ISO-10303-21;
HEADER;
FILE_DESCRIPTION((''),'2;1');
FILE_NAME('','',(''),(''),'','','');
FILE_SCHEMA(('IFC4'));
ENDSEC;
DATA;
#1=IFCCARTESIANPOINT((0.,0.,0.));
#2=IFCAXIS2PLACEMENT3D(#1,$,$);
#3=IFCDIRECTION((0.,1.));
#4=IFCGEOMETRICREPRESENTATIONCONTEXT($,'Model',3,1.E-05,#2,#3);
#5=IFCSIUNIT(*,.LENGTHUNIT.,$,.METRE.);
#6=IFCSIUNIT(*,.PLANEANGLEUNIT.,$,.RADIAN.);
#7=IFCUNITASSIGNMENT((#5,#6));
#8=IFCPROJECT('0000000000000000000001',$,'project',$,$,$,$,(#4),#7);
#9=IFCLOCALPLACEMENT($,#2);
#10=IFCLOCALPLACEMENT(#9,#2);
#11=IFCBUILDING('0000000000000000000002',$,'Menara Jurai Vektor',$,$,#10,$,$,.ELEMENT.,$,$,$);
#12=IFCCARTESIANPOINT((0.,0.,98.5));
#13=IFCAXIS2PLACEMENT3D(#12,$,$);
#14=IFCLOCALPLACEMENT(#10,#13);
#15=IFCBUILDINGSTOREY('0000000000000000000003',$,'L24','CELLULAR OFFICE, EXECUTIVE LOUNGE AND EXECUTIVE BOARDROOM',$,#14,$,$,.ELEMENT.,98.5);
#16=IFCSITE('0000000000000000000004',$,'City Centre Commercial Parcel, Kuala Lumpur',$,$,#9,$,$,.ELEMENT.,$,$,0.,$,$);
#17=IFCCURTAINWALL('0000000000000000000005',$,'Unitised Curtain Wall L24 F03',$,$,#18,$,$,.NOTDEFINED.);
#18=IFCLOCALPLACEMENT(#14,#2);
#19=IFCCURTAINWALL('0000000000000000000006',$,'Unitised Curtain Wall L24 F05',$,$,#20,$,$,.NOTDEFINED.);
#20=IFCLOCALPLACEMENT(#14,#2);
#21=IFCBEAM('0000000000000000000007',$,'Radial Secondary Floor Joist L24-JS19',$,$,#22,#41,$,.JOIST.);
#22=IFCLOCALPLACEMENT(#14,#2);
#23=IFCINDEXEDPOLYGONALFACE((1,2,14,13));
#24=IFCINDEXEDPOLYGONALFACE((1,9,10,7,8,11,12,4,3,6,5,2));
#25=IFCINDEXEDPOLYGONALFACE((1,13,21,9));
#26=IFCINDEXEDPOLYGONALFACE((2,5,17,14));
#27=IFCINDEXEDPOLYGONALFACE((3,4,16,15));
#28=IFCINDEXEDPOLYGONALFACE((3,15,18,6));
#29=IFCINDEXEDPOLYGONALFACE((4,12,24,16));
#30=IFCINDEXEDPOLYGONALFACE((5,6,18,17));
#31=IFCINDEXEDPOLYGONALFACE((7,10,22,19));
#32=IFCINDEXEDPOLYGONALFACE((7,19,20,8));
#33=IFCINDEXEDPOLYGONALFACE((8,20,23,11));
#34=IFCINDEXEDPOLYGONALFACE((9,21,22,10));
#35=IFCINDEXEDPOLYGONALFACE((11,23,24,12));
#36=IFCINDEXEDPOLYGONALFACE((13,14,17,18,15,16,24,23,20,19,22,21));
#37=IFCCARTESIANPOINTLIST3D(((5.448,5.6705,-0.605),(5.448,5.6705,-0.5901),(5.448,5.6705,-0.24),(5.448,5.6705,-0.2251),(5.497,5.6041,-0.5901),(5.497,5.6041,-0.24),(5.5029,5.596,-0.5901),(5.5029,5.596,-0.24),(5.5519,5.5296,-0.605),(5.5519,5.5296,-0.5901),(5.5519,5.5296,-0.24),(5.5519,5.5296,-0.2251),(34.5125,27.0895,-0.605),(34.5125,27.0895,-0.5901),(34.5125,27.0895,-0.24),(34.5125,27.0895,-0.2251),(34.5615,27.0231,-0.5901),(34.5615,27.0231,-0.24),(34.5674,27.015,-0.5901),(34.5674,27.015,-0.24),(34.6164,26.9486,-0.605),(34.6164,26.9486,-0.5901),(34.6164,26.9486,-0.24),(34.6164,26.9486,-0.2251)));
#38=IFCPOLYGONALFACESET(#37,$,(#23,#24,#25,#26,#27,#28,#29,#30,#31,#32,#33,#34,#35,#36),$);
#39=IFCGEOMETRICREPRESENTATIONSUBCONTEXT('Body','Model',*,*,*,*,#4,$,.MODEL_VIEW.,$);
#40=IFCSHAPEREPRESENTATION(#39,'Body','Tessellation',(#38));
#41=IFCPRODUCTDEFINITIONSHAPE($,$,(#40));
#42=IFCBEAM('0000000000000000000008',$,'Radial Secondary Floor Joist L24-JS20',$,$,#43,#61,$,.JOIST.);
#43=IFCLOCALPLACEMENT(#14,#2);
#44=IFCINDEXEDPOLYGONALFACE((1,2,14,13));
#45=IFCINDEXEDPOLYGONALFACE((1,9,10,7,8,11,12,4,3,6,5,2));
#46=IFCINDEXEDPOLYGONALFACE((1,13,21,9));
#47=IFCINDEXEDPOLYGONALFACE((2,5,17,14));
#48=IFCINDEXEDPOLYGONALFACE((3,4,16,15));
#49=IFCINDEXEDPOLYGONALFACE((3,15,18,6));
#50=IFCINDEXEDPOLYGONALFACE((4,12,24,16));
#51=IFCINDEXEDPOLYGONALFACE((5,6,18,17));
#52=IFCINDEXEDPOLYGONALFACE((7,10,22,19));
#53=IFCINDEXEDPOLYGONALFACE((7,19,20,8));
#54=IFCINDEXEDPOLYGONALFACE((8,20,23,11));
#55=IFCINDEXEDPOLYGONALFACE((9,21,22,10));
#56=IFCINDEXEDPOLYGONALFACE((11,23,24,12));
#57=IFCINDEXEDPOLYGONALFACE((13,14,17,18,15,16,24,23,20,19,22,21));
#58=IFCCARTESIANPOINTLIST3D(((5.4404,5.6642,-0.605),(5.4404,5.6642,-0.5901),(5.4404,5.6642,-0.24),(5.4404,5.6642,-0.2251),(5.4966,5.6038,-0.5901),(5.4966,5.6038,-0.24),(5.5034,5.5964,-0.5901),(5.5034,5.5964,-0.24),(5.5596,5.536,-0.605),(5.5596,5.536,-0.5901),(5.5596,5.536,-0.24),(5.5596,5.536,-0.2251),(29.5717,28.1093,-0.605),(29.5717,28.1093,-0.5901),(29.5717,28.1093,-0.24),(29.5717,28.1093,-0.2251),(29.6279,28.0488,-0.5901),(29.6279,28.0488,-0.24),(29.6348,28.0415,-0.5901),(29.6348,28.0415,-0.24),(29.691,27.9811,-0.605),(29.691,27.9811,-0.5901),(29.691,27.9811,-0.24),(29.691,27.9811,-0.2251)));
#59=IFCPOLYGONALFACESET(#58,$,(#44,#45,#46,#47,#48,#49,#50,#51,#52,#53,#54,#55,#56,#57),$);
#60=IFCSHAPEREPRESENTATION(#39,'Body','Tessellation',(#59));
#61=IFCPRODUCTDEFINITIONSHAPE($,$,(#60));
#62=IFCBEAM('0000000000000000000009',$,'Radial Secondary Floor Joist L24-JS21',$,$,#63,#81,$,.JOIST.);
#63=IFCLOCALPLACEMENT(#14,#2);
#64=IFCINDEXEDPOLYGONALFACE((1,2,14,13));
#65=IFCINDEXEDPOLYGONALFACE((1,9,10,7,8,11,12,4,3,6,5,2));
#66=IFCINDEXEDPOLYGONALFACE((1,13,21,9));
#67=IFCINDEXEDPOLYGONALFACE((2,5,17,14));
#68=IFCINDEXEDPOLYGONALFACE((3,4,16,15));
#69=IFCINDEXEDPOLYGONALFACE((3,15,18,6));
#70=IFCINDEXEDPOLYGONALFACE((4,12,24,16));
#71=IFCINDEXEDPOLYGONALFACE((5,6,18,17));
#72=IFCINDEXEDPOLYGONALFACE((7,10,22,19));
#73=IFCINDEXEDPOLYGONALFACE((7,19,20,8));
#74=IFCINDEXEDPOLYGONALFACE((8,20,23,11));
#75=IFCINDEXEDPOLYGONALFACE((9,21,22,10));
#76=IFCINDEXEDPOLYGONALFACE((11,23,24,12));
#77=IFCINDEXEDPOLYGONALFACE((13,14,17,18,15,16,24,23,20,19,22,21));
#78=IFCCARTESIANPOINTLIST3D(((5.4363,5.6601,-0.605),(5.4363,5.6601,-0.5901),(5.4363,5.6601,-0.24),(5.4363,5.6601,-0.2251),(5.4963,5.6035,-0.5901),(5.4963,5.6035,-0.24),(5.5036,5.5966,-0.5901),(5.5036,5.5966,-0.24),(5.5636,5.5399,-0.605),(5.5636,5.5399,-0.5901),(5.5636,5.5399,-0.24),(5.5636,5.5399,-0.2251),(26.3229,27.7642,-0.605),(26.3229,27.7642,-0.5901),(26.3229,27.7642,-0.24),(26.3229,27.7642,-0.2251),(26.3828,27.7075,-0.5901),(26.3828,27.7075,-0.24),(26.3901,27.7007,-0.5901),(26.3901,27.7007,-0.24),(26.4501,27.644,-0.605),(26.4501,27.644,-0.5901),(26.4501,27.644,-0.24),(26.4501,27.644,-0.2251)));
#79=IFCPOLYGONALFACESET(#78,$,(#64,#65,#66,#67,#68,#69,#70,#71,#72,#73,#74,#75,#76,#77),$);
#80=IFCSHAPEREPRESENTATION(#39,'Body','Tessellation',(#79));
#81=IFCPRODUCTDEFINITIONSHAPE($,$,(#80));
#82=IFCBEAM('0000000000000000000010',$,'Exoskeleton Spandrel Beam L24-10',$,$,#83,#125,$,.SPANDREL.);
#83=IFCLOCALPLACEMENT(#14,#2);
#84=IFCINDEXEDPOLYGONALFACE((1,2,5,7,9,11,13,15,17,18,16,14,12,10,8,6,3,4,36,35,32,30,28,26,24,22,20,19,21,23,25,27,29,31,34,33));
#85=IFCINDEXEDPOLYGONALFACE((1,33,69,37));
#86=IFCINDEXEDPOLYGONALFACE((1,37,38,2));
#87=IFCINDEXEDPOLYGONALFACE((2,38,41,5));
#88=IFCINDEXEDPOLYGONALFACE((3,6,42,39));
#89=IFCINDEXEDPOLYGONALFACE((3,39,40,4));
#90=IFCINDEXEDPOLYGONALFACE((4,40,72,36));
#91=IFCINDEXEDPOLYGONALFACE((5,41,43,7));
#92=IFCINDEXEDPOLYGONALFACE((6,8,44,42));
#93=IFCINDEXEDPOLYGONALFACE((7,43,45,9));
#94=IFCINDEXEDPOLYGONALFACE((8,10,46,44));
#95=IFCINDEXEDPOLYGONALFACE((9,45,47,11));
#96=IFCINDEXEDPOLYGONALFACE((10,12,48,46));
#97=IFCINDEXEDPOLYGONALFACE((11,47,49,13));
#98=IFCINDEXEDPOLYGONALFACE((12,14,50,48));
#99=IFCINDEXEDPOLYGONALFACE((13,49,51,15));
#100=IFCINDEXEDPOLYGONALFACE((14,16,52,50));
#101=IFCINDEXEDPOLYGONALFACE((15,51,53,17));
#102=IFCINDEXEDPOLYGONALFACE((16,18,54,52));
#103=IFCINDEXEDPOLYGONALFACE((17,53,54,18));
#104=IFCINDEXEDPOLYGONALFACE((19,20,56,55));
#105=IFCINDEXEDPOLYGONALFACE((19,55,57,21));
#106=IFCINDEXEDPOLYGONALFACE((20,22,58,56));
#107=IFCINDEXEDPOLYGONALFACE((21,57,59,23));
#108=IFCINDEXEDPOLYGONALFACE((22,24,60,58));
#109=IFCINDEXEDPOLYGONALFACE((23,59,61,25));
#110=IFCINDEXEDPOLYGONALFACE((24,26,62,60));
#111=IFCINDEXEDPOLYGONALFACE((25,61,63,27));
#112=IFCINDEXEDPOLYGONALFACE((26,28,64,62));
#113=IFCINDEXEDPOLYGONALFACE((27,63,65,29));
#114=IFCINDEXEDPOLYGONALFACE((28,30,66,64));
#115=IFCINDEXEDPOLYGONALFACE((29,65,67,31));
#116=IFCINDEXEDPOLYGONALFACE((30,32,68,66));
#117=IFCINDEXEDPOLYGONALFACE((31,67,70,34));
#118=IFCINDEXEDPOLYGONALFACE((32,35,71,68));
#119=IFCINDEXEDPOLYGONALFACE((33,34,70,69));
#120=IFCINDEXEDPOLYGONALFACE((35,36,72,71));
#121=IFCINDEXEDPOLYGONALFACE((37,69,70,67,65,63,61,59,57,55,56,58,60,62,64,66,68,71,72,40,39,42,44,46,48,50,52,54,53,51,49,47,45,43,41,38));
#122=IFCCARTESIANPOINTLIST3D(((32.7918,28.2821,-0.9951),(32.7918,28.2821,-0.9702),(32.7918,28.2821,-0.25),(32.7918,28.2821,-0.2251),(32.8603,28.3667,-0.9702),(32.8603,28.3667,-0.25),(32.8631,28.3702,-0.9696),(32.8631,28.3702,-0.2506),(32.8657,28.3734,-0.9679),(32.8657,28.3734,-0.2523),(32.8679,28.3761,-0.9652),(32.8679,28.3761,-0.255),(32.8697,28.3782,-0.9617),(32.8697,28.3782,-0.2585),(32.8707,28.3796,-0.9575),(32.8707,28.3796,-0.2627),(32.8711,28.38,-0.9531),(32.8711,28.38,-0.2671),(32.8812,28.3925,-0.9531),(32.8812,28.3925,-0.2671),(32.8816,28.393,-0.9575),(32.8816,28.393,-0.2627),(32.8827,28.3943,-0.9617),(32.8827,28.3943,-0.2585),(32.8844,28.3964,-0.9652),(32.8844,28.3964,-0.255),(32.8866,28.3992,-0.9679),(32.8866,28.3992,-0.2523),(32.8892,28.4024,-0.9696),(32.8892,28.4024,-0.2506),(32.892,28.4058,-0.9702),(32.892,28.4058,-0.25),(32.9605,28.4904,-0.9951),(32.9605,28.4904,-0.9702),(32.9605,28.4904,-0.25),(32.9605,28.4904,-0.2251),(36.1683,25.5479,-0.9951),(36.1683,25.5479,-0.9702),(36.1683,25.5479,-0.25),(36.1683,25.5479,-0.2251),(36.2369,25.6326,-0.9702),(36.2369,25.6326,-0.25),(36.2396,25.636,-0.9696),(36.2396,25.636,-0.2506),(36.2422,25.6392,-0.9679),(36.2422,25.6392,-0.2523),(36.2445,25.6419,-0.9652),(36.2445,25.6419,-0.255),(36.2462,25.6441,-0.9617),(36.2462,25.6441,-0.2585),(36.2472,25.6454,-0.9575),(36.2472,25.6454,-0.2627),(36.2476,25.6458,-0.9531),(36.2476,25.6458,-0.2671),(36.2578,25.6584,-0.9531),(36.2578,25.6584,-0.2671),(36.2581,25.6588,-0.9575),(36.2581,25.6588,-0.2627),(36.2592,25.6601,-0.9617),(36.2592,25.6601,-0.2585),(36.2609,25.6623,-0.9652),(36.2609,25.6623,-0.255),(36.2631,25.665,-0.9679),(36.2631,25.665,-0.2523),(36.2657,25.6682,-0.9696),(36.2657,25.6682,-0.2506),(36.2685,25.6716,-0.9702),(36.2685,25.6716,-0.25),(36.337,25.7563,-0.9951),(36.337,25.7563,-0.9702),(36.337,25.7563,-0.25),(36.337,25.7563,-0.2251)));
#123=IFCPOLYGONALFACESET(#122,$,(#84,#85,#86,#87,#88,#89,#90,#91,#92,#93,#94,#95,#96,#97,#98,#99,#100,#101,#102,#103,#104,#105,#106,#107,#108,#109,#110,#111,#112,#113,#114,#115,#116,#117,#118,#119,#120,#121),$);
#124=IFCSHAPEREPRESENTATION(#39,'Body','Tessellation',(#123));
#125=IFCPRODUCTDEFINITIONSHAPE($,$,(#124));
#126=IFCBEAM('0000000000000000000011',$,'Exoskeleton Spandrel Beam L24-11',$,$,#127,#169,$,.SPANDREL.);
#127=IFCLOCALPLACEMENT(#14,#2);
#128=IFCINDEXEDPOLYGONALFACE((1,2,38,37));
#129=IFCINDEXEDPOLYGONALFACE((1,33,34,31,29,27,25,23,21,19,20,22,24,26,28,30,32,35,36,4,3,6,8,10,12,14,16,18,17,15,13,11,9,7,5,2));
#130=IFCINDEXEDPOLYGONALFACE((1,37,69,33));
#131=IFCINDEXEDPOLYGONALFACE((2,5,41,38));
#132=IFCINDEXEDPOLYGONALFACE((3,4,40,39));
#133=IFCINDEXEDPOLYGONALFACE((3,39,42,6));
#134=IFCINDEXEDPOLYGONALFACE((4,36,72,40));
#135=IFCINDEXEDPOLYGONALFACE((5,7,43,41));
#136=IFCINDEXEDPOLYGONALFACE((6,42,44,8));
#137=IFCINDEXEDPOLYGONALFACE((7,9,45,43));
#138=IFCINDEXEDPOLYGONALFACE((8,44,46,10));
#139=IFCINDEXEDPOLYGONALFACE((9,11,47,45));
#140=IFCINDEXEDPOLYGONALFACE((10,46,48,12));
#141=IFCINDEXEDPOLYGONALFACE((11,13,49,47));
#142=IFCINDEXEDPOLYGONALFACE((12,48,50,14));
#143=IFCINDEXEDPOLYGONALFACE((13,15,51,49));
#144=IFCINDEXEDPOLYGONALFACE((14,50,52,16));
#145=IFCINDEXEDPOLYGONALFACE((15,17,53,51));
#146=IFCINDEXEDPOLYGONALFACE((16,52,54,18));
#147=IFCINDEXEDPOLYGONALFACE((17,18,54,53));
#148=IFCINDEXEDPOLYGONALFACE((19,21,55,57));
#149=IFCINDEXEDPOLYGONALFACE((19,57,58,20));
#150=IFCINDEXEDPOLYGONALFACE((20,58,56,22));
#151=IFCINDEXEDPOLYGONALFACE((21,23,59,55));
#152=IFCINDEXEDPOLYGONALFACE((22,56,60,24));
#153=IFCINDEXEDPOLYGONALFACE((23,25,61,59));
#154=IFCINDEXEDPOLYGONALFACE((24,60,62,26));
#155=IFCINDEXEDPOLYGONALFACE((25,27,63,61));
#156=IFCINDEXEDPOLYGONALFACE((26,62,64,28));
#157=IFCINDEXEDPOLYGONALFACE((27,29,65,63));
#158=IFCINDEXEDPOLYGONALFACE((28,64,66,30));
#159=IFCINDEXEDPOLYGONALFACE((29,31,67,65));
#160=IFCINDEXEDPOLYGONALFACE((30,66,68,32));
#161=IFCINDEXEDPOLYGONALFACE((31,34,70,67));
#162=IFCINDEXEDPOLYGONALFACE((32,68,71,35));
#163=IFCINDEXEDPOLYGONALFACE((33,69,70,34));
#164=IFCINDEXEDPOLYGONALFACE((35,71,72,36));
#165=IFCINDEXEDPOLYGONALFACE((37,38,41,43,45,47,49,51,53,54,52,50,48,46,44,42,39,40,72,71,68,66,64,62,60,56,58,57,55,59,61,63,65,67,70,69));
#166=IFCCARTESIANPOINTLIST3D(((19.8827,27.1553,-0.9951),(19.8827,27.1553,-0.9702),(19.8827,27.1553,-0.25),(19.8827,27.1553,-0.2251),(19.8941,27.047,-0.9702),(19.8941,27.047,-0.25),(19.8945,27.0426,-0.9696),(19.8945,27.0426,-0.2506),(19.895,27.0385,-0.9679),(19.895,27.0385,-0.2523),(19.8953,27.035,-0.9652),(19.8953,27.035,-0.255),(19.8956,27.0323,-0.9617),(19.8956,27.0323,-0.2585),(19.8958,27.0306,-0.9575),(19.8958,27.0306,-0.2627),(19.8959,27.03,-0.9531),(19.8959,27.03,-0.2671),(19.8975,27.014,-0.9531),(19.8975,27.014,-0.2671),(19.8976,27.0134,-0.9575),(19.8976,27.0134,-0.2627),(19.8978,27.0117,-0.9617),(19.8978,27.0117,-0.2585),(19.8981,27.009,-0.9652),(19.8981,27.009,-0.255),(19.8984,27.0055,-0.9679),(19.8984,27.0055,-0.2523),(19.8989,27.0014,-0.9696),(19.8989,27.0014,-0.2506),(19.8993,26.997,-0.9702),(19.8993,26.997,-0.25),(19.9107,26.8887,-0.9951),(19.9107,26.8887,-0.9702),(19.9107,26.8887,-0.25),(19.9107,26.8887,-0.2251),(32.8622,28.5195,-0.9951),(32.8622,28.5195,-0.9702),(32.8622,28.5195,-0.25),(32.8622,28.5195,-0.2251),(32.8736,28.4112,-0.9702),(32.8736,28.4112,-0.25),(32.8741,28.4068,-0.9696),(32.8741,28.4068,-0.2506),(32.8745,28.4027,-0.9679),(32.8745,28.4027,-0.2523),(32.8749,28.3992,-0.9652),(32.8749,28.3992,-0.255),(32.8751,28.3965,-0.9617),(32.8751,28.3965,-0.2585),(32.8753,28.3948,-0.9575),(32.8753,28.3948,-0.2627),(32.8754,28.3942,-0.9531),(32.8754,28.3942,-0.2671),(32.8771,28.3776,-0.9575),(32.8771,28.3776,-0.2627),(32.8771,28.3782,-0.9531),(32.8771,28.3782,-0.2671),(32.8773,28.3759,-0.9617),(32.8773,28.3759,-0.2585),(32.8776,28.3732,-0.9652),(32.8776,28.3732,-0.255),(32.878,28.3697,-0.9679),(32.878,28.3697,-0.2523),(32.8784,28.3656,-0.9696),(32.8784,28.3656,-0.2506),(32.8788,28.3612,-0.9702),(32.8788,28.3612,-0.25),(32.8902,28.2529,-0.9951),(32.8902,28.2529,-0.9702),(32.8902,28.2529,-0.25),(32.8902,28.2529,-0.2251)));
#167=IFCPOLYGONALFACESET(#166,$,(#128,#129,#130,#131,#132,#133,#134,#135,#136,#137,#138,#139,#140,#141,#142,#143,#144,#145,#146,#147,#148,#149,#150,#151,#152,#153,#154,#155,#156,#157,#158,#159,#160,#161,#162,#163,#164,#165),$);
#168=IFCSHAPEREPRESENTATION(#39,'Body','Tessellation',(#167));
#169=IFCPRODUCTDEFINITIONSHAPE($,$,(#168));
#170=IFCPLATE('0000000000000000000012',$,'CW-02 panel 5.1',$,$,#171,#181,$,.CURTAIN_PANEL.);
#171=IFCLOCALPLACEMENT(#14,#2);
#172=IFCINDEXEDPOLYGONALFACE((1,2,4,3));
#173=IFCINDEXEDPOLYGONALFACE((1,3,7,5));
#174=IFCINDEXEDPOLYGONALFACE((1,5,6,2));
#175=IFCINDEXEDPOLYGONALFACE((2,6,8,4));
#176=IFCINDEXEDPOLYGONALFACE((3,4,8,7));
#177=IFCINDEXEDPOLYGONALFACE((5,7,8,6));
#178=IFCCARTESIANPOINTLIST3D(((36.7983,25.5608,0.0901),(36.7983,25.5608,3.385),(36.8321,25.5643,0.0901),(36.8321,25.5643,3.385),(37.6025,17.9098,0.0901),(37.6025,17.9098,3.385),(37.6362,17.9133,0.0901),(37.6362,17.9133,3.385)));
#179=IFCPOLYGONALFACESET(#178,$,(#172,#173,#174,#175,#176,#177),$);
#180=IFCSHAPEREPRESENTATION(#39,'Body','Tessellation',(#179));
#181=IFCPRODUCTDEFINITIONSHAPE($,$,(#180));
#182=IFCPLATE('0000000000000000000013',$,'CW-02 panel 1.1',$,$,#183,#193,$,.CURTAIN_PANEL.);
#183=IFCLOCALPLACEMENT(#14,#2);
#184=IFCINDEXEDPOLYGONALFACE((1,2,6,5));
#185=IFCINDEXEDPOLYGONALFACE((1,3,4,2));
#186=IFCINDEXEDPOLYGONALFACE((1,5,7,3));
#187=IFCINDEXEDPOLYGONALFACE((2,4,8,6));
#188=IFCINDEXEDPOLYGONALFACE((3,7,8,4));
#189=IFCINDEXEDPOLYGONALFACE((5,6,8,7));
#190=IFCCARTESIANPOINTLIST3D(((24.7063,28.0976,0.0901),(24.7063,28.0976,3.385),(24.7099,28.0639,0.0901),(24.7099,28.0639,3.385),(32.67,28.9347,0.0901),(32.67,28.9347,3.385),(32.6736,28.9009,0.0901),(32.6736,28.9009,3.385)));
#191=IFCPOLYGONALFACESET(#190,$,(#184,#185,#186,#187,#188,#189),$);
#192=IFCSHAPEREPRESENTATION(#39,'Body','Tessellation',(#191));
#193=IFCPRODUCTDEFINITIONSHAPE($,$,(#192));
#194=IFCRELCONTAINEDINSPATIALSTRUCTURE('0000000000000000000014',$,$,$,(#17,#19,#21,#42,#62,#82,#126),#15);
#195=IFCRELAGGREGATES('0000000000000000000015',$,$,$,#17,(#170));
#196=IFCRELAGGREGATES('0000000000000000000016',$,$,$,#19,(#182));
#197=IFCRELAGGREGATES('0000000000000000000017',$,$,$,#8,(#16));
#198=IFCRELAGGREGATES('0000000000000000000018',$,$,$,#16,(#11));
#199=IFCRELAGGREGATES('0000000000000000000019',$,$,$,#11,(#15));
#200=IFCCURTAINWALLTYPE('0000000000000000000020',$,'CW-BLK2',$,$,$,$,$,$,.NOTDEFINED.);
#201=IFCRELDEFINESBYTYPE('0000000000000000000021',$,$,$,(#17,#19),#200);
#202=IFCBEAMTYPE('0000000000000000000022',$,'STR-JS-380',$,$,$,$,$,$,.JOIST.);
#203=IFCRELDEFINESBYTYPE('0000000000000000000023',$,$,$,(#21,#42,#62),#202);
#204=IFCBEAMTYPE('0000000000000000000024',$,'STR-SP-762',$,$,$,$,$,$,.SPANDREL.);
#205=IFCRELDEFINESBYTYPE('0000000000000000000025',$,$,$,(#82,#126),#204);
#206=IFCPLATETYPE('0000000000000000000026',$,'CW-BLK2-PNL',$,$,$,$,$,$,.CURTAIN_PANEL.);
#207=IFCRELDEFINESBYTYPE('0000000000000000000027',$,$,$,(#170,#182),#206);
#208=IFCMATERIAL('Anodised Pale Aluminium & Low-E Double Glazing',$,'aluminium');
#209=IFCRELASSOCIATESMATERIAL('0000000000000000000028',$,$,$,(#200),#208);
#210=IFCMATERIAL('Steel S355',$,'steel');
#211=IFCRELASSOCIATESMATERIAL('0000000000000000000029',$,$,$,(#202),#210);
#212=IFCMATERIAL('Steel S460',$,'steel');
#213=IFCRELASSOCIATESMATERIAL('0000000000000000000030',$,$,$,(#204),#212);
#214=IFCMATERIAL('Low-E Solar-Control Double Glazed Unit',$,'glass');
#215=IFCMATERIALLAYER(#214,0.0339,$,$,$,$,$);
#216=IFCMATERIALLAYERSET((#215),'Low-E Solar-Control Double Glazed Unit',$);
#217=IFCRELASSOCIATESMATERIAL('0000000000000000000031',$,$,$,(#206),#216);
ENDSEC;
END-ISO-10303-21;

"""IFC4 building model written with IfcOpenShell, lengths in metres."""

from ifc_helpers import new_model, si_unit, direction, frame, origin, origin_2d, place, context, subcontext, project, spatial, rectangle, i_section, extrude, material, layer, layer_set, material_profile, profile_set, type_object, element, aggregate, save


model = new_model("IFC4")

# Units and contexts
model_context = context("Model", 3, precision=1e-05, world=origin(), true_north=direction((0.0, 1.0)))
body_context = subcontext(model_context, "Body", "Model", "MODEL_VIEW")
ifc_project = project(units=[si_unit("LENGTHUNIT", "METRE"), si_unit("PLANEANGLEUNIT", "RADIAN")], contexts=[model_context])

# Site, building, storey
site_placement = place(None, origin())
site = spatial("IfcSite", under=ifc_project, at=site_placement, Name="City Centre Commercial Parcel, Kuala Lumpur", CompositionType="ELEMENT", RefElevation=0.0)
building_placement = place(site_placement, origin())
building = spatial("IfcBuilding", under=site, at=building_placement, Name="Menara Jurai Vektor", CompositionType="ELEMENT")
storey_placement = place(building_placement, frame((0.0, 0.0, 98.5)))
storey = spatial("IfcBuildingStorey", under=building, at=storey_placement, Name="L24", Description="CELLULAR OFFICE, EXECUTIVE LOUNGE AND EXECUTIVE BOARDROOM", CompositionType="ELEMENT", Elevation=98.5)

# Shared definitions
ifc_material_1 = material(Name="Steel S460", Category="steel")

# Curtain wall
ifc_material_2 = material(Name="Anodised Pale Aluminium & Low-E Double Glazing", Category="aluminium")
curtain_wall_type = type_object("IfcCurtainWallType", Name="CW-BLK2", PredefinedType="NOTDEFINED", material=ifc_material_2)
curtain_wall_1_placement = place(storey_placement, origin())
curtain_wall_1 = element("IfcCurtainWall", 1, at=curtain_wall_1_placement, inside=storey, type_object=curtain_wall_type, Name="Unitised Curtain Wall L24 F03", PredefinedType="NOTDEFINED")

# Curtain wall
curtain_wall_2_placement = place(storey_placement, origin())
curtain_wall_2 = element("IfcCurtainWall", 2, at=curtain_wall_2_placement, inside=storey, type_object=curtain_wall_type, Name="Unitised Curtain Wall L24 F05", PredefinedType="NOTDEFINED")

# Shared definitions
ifc_material_3 = material(Name="Steel S355", Category="steel")

# Beams
ifc_material_profile_1 = material_profile(ifc_material_3, i_section(OverallWidth=0.175, OverallDepth=0.3799, WebThickness=0.01, FlangeThickness=0.0149, at=origin_2d()), Name="PG 380x175x58")
ifc_profile_set_1 = profile_set([ifc_material_profile_1], Name="Steel S355")
beam_type_1 = type_object("IfcBeamType", Name="STR-JS-380", PredefinedType="JOIST", material=ifc_profile_set_1)
beam_1_placement = place(storey_placement, frame((34.5645, 27.019, -0.415), z_axis=(-0.805016, -0.593253, 0.0), x_axis=(0.593253, -0.805016, 0.0)))
element("IfcBeam", 3, at=beam_1_placement, inside=storey, type_object=beam_type_1, Name="Radial Secondary Floor Joist L24-JS19", PredefinedType="JOIST", context=body_context, shape_type="SweptSolid", body=[
    extrude(i_section(OverallWidth=0.175, OverallDepth=0.3799, WebThickness=0.01, FlangeThickness=0.0149, at=origin_2d()), origin(), (0.0, 0.0, 1.0), 36.1042),
])
beam_2_placement = place(storey_placement, frame((29.6313, 28.0452, -0.415), z_axis=(-0.732228, -0.68106, 0.0), x_axis=(0.68106, -0.732228, 0.0)))
element("IfcBeam", 4, at=beam_2_placement, inside=storey, type_object=beam_type_1, Name="Radial Secondary Floor Joist L24-JS20", PredefinedType="JOIST", context=body_context, shape_type="SweptSolid", body=[
    extrude(i_section(OverallWidth=0.175, OverallDepth=0.3799, WebThickness=0.01, FlangeThickness=0.0149, at=origin_2d()), origin(), (0.0, 0.0, 1.0), 32.9561),
])
beam_3_placement = place(storey_placement, frame((26.3865, 27.7041, -0.415), z_axis=(-0.686805, -0.726841, 0.0), x_axis=(0.726841, -0.686805, 0.0)))
element("IfcBeam", 5, at=beam_3_placement, inside=storey, type_object=beam_type_1, Name="Radial Secondary Floor Joist L24-JS21", PredefinedType="JOIST", context=body_context, shape_type="SweptSolid", body=[
    extrude(i_section(OverallWidth=0.175, OverallDepth=0.3799, WebThickness=0.01, FlangeThickness=0.0149, at=origin_2d()), origin(), (0.0, 0.0, 1.0), 30.4111),
])
ifc_material_profile_2 = material_profile(ifc_material_1, i_section(OverallWidth=0.2681, OverallDepth=0.77, WebThickness=0.0161, FlangeThickness=0.0249, FilletRadius=0.0171, at=origin_2d()), Name="UKB 762x267x197")
ifc_profile_set_2 = profile_set([ifc_material_profile_2], Name="Steel S460")
beam_type_2 = type_object("IfcBeamType", Name="STR-SP-762", PredefinedType="SPANDREL", material=ifc_profile_set_2)
beam_4_placement = place(storey_placement, frame((36.2527, 25.6521, -0.6101), z_axis=(-0.777155, 0.62931, 0.0), x_axis=(-0.62931, -0.777155, 0.0)))
element("IfcBeam", 6, at=beam_4_placement, inside=storey, type_object=beam_type_2, Name="Exoskeleton Spandrel Beam L24-10", PredefinedType="SPANDREL", context=body_context, shape_type="SweptSolid", body=[
    extrude(i_section(OverallWidth=0.2681, OverallDepth=0.77, WebThickness=0.0161, FlangeThickness=0.0249, FilletRadius=0.0171, at=origin_2d()), origin(), (0.0, 0.0, 1.0), 4.3447),
])
beam_5_placement = place(storey_placement, frame((32.8762, 28.3862, -0.6101), z_axis=(-0.994521, -0.104533, 0.0), x_axis=(0.104533, -0.994521, 0.0)))
element("IfcBeam", 7, at=beam_5_placement, inside=storey, type_object=beam_type_2, Name="Exoskeleton Spandrel Beam L24-11", PredefinedType="SPANDREL", context=body_context, shape_type="SweptSolid", body=[
    extrude(i_section(OverallWidth=0.2681, OverallDepth=0.77, WebThickness=0.0161, FlangeThickness=0.0249, FilletRadius=0.0171, at=origin_2d()), origin(), (0.0, 0.0, 1.0), 13.051),
])

# Plates
ifc_material_4 = material(Name="Low-E Solar-Control Double Glazed Unit", Category="glass")
ifc_layer_1 = layer(ifc_material_4, 0.0339)
ifc_layer_set_1 = layer_set([ifc_layer_1], Name="Low-E Solar-Control Double Glazed Unit")
plate_type_1 = type_object("IfcPlateType", Name="CW-BLK2-PNL", PredefinedType="CURTAIN_PANEL", material=ifc_layer_set_1)
plate_1_placement = place(storey_placement, frame((37.2173, 21.7371, 0.0901), z_axis=(0.0, 0.0, 1.0), x_axis=(-0.10453, 0.994522, 0.0)))
plate_1 = element("IfcPlate", 8, at=plate_1_placement, type_object=plate_type_1, Name="CW-02 panel 5.1", PredefinedType="CURTAIN_PANEL", context=body_context, shape_type="SweptSolid", body=[
    extrude(rectangle(XDim=7.6931, YDim=0.0339, at=origin_2d()), origin(), (0.0, 0.0, 1.0), 3.2949),
])
aggregate(curtain_wall_1, [plate_1])
plate_2_placement = place(storey_placement, frame((28.6899, 28.4993, 0.0901), z_axis=(0.0, 0.0, 1.0), x_axis=(-0.994522, -0.104529, 0.0)))
plate_2 = element("IfcPlate", 9, at=plate_2_placement, type_object=plate_type_1, Name="CW-02 panel 1.1", PredefinedType="CURTAIN_PANEL", context=body_context, shape_type="SweptSolid", body=[
    extrude(rectangle(XDim=8.0076, YDim=0.0339, at=origin_2d()), origin(), (0.0, 0.0, 1.0), 3.2949),
])
aggregate(curtain_wall_2, [plate_2])

save(model, "model.ifc")
